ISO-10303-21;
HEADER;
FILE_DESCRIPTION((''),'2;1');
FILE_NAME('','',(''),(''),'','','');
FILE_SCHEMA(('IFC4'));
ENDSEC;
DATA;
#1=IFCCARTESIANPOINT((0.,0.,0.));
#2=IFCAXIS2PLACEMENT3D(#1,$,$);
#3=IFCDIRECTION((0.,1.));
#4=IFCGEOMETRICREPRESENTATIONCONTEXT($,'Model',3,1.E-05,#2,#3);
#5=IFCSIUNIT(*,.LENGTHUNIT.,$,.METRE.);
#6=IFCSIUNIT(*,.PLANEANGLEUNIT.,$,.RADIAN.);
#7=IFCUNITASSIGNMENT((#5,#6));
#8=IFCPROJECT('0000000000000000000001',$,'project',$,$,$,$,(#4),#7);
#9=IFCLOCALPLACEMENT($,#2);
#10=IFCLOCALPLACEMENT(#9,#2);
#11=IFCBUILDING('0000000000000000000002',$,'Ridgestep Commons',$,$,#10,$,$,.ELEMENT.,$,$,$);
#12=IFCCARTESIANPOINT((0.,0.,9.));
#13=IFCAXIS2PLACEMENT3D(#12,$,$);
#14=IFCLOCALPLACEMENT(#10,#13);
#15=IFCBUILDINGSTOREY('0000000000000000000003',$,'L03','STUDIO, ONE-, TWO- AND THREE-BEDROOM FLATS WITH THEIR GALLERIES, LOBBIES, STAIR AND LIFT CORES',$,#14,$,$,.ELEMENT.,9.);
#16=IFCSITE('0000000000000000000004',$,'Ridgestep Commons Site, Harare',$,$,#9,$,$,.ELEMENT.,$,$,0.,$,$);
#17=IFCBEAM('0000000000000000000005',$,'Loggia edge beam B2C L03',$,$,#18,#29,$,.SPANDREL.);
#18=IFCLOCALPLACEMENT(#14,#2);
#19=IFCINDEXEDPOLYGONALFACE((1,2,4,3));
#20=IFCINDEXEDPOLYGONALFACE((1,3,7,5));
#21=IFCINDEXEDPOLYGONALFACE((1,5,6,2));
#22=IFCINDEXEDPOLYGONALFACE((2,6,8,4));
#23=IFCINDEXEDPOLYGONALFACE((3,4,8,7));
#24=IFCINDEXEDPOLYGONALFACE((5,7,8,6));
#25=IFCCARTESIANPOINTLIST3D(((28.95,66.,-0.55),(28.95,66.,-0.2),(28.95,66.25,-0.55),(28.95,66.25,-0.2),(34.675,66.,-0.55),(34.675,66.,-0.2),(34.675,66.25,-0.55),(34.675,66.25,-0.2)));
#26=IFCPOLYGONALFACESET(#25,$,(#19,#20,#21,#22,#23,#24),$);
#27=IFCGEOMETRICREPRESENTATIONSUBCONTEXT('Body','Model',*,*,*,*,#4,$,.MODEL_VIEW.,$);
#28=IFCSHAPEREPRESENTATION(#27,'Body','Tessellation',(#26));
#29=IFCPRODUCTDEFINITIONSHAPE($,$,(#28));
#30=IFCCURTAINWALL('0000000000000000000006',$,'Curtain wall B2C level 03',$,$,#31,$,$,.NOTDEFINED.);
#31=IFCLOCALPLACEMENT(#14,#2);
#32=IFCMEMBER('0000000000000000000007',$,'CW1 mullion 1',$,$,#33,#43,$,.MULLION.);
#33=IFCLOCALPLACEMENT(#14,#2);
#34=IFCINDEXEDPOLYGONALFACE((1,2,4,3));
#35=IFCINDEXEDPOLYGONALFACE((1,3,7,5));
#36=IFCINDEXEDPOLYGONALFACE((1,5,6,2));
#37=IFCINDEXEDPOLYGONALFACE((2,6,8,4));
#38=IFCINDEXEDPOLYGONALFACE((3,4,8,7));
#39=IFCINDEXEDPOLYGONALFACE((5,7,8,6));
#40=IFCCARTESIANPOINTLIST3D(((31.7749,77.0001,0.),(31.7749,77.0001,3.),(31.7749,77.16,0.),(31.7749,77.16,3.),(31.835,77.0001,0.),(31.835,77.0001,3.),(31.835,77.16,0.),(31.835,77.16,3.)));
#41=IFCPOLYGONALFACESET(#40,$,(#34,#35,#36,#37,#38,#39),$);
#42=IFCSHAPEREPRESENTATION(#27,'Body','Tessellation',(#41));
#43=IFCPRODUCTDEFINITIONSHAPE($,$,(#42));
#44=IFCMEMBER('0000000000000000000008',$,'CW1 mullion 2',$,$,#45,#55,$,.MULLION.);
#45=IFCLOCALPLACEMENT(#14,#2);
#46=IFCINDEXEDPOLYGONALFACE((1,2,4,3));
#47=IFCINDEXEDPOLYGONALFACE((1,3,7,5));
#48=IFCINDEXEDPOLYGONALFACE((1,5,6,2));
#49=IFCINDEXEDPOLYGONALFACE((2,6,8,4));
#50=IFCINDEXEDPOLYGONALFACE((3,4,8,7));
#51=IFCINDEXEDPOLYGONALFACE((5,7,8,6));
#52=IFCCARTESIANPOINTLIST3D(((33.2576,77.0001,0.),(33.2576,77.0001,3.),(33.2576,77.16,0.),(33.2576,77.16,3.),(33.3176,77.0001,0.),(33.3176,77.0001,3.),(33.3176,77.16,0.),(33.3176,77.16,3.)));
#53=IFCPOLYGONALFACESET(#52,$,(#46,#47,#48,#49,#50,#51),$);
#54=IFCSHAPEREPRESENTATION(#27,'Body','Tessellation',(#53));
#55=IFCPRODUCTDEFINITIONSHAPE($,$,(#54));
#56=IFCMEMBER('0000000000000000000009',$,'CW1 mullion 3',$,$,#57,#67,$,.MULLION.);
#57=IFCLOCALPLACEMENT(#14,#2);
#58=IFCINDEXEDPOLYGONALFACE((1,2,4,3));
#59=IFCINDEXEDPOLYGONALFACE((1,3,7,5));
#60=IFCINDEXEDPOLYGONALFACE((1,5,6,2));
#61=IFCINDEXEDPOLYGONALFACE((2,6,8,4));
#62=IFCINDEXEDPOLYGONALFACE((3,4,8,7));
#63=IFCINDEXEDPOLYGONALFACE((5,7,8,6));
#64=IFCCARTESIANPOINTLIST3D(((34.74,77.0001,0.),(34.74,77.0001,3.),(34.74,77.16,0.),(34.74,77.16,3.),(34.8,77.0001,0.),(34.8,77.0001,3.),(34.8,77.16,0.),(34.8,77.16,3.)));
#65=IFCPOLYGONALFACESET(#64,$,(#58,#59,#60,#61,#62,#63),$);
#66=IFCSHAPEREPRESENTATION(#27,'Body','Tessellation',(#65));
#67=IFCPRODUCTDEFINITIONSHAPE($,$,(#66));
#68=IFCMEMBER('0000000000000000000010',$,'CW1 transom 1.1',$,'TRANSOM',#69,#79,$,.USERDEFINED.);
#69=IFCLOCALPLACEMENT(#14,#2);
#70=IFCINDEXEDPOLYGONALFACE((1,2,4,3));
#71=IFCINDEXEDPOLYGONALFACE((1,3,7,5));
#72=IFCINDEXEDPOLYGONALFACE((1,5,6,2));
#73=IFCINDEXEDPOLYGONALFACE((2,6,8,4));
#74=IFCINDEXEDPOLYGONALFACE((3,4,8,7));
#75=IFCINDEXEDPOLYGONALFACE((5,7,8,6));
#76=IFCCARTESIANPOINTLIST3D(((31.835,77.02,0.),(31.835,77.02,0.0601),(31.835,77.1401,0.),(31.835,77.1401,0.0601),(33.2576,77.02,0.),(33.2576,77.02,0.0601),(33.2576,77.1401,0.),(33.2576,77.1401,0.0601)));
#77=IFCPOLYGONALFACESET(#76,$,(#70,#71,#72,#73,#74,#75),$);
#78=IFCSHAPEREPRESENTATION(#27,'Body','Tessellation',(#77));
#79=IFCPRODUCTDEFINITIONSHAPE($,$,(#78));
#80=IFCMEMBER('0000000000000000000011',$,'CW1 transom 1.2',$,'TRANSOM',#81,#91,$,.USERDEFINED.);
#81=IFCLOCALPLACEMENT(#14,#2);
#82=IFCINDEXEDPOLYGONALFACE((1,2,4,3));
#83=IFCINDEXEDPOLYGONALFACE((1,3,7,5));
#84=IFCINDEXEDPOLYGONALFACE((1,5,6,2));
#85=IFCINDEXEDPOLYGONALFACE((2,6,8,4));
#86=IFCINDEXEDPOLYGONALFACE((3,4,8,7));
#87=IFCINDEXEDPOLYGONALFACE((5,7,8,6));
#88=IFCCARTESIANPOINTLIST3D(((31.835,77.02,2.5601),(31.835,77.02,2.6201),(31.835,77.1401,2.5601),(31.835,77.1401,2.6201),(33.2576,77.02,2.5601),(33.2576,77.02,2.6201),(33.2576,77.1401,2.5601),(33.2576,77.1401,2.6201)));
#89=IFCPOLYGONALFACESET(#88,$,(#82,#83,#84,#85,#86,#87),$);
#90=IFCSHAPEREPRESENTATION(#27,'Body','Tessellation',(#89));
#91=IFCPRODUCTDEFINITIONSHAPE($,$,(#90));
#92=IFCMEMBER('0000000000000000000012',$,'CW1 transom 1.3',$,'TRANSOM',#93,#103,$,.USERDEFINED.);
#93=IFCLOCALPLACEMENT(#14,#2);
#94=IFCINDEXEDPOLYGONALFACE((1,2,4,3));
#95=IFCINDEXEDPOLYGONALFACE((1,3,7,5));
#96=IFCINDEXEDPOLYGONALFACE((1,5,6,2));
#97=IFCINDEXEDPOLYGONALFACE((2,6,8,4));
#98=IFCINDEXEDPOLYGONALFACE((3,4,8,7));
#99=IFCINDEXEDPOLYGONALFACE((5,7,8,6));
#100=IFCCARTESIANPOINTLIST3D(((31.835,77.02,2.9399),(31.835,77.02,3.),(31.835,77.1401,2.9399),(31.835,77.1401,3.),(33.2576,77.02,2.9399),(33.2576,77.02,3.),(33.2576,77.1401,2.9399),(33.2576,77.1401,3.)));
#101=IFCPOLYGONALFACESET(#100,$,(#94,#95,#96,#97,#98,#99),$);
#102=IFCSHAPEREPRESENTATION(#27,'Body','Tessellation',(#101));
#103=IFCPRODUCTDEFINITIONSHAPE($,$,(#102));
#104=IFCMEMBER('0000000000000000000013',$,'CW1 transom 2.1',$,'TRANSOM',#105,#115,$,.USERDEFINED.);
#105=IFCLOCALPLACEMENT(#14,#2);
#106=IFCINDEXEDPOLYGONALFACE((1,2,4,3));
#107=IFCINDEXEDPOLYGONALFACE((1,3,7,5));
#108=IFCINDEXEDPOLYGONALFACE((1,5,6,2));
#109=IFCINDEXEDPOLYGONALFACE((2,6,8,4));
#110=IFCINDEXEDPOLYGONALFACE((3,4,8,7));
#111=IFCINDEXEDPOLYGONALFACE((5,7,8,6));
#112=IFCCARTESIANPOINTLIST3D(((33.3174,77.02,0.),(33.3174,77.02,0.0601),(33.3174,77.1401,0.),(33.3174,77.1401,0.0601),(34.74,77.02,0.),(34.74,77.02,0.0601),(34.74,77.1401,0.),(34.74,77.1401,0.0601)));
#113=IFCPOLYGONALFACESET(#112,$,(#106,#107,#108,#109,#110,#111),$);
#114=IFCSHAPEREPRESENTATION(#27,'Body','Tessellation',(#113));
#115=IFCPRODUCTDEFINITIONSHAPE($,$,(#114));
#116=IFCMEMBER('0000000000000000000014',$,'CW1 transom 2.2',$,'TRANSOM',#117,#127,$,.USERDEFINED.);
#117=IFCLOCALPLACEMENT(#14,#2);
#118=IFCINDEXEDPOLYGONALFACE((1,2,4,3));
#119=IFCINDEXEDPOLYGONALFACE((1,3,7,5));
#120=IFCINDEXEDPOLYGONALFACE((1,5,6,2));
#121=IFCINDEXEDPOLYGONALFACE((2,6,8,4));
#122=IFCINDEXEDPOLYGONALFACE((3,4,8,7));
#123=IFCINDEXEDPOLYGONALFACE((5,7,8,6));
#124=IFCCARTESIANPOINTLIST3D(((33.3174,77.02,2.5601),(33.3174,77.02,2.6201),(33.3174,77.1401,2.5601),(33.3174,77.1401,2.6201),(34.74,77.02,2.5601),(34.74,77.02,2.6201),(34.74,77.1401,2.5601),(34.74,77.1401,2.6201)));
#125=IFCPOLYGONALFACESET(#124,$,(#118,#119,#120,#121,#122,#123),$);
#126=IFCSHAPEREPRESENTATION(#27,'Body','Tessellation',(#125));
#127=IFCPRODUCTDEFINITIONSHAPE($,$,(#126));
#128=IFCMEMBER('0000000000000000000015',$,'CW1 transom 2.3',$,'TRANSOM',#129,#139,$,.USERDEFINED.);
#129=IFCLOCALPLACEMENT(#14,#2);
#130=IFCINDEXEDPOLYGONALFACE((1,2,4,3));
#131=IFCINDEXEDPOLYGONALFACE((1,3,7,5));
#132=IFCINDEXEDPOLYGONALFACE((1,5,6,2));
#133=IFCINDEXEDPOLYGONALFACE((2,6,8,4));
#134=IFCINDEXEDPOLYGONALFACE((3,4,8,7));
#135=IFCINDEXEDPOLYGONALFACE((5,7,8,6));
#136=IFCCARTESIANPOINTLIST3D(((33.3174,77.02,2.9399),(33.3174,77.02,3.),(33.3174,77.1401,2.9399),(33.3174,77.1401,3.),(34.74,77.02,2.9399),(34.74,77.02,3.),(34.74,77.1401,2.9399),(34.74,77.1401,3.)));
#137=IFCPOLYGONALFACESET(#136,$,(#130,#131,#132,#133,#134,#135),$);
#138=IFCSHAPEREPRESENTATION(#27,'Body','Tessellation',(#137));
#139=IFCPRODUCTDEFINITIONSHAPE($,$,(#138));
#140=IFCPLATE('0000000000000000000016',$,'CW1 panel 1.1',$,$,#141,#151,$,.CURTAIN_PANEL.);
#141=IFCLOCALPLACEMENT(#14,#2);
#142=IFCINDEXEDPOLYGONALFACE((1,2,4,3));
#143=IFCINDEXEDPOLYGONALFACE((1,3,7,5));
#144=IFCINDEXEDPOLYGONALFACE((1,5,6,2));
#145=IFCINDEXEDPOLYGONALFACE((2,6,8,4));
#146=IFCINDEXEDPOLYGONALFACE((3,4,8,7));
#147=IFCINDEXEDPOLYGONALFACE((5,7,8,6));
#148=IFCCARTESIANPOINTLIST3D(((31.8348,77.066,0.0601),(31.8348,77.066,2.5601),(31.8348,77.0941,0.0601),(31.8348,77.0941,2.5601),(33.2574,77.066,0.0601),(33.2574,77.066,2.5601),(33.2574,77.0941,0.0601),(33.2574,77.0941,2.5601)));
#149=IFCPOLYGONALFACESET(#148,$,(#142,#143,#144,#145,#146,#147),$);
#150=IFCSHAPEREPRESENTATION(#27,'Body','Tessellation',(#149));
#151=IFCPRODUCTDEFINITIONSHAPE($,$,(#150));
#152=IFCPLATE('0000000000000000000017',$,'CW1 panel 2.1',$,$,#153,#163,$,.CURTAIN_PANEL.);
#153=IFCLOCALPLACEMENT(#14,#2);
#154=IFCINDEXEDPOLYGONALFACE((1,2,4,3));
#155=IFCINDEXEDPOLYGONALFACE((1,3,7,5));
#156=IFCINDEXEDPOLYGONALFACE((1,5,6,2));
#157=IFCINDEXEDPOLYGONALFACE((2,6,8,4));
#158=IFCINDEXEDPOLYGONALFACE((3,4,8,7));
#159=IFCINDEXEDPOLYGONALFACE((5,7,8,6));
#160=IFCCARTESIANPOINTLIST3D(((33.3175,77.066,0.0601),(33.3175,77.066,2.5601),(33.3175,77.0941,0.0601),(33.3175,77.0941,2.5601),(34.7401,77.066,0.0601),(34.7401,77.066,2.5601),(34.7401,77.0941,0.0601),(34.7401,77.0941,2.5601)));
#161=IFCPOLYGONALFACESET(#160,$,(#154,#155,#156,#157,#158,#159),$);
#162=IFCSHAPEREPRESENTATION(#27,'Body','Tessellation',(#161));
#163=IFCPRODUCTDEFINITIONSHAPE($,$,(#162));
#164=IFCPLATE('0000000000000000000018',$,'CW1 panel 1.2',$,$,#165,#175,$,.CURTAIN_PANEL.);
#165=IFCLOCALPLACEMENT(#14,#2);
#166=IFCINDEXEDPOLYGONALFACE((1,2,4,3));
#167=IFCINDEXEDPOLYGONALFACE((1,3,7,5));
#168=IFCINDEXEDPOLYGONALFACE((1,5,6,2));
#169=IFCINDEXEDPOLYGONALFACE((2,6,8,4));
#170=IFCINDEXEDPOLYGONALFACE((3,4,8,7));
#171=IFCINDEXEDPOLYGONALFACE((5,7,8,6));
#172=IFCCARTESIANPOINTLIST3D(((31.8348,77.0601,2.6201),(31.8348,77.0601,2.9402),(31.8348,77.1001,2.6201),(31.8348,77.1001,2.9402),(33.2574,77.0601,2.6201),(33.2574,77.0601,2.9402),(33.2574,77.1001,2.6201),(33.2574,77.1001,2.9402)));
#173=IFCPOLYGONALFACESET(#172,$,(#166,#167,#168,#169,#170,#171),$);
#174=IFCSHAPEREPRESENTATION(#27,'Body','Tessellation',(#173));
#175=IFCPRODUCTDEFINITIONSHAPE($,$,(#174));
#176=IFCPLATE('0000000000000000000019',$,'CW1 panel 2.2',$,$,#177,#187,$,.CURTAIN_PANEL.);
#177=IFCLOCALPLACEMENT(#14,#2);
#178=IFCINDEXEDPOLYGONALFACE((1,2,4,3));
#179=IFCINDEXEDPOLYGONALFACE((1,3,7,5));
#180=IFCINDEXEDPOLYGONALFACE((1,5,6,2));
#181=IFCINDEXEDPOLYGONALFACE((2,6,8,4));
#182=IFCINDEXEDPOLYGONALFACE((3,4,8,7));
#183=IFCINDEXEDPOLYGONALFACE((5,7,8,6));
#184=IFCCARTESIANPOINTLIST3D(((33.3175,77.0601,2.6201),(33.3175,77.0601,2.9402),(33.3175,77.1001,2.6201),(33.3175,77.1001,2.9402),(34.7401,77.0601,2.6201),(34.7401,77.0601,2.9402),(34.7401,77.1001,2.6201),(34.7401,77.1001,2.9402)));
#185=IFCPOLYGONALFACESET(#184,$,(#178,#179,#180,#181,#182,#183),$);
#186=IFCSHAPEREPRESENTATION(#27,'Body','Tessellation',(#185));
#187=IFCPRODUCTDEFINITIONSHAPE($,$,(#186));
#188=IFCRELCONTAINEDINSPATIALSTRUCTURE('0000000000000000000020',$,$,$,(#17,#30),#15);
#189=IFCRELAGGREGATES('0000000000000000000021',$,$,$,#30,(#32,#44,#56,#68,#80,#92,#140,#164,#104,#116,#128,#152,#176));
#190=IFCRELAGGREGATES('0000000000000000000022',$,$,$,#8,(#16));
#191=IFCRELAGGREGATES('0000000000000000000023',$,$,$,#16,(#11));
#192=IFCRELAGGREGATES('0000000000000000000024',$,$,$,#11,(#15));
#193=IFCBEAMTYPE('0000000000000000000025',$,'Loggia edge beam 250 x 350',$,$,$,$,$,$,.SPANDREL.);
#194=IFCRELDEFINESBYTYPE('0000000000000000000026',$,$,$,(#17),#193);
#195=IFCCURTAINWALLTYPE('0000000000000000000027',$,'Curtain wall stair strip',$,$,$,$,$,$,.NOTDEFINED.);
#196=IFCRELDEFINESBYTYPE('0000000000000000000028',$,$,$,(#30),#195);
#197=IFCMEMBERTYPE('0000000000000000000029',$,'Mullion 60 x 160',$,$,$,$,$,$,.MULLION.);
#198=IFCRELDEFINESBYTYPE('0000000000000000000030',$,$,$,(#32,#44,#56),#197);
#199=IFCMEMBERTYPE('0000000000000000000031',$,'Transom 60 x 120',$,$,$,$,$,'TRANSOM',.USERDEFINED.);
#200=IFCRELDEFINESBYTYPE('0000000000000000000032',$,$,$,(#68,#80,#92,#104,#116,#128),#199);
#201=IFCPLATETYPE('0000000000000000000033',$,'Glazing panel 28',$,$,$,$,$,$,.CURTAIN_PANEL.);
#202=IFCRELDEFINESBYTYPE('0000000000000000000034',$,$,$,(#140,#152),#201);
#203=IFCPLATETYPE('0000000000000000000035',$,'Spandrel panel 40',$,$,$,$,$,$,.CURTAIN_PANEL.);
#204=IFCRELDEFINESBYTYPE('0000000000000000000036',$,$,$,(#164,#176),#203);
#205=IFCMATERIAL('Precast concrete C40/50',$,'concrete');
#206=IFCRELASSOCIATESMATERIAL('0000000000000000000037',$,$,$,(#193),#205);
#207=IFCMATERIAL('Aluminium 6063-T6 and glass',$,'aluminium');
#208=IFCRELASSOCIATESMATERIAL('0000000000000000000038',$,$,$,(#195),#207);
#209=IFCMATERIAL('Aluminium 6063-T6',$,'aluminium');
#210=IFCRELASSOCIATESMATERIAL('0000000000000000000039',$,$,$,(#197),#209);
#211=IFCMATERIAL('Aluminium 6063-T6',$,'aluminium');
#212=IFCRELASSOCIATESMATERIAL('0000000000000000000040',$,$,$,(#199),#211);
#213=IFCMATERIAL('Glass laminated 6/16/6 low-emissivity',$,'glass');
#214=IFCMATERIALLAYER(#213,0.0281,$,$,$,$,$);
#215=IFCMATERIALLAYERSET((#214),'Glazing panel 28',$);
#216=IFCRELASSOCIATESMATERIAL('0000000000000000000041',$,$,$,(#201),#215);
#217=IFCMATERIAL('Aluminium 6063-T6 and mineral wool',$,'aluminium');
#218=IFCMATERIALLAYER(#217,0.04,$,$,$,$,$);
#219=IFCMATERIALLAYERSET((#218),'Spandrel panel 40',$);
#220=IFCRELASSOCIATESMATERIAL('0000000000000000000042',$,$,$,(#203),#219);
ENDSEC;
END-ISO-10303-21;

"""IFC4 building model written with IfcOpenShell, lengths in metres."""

from ifc_helpers import new_model, si_unit, direction, frame, origin, origin_2d, place, context, subcontext, project, spatial, rectangle, extrude, material, layer, layer_set, material_profile, profile_set, type_object, element, aggregate, save


model = new_model("IFC4")

# Units and contexts
model_context = context("Model", 3, precision=1e-05, world=origin(), true_north=direction((0.0, 1.0)))
body_context = subcontext(model_context, "Body", "Model", "MODEL_VIEW")
ifc_project = project(units=[si_unit("LENGTHUNIT", "METRE"), si_unit("PLANEANGLEUNIT", "RADIAN")], contexts=[model_context])

# Site, building, storey
site_placement = place(None, origin())
site = spatial("IfcSite", under=ifc_project, at=site_placement, Name="Ridgestep Commons Site, Harare", CompositionType="ELEMENT", RefElevation=0.0)
building_placement = place(site_placement, origin())
building = spatial("IfcBuilding", under=site, at=building_placement, Name="Ridgestep Commons", CompositionType="ELEMENT")
storey_placement = place(building_placement, frame((0.0, 0.0, 9.0)))
storey = spatial("IfcBuildingStorey", under=building, at=storey_placement, Name="L03", Description="STUDIO, ONE-, TWO- AND THREE-BEDROOM FLATS WITH THEIR GALLERIES, LOBBIES, STAIR AND LIFT CORES", CompositionType="ELEMENT", Elevation=9.0)

# Beam
ifc_material_1 = material(Name="Precast concrete C40/50", Category="concrete")
ifc_material_profile_1 = material_profile(ifc_material_1, rectangle(XDim=0.25, YDim=0.3501, at=origin_2d()), Name="PC 250x350")
ifc_profile_set_1 = profile_set([ifc_material_profile_1], Name="Precast concrete C40/50")
beam_type = type_object("IfcBeamType", Name="Loggia edge beam 250 x 350", PredefinedType="SPANDREL", material=ifc_profile_set_1)
beam_placement = place(storey_placement, frame((28.95, 66.125, -0.375), z_axis=(1.0, 0.0, 0.0), x_axis=(0.0, 1.0, 0.0)))
element("IfcBeam", 1, at=beam_placement, inside=storey, type_object=beam_type, Name="Loggia edge beam B2C L03", PredefinedType="SPANDREL", context=body_context, shape_type="SweptSolid", body=[
    extrude(rectangle(XDim=0.25, YDim=0.3501, at=origin_2d()), origin(), (0.0, 0.0, 1.0), 5.7251),
])

# Curtain wall, members, plates
ifc_material_2 = material(Name="Aluminium 6063-T6 and glass", Category="aluminium")
curtain_wall_type = type_object("IfcCurtainWallType", Name="Curtain wall stair strip", PredefinedType="NOTDEFINED", material=ifc_material_2)
curtain_wall_placement = place(storey_placement, origin())
curtain_wall = element("IfcCurtainWall", 2, at=curtain_wall_placement, inside=storey, type_object=curtain_wall_type, Name="Curtain wall B2C level 03", PredefinedType="NOTDEFINED")
ifc_material_3 = material(Name="Aluminium 6063-T6", Category="aluminium")
ifc_material_profile_2 = material_profile(ifc_material_3, rectangle(XDim=0.1599, YDim=0.0601, at=origin_2d()), Name="Mullion 60 x 160")
ifc_profile_set_2 = profile_set([ifc_material_profile_2], Name="Aluminium 6063-T6")
member_type_1 = type_object("IfcMemberType", Name="Mullion 60 x 160", PredefinedType="MULLION", material=ifc_profile_set_2)
member_1_placement = place(storey_placement, frame((31.8049, 77.0801, 0.0), z_axis=(0.0, 0.0, 1.0), x_axis=(0.0, 1.0, 0.0)))
member_1 = element("IfcMember", 3, at=member_1_placement, type_object=member_type_1, Name="CW1 mullion 1", PredefinedType="MULLION", context=body_context, shape_type="SweptSolid", body=[
    extrude(rectangle(XDim=0.1599, YDim=0.0601, at=origin_2d()), origin(), (0.0, 0.0, 1.0), 3.0),
])
member_2_placement = place(storey_placement, frame((33.2876, 77.0801, 0.0), z_axis=(0.0, 0.0, 1.0), x_axis=(0.0, 1.0, 0.0)))
member_2 = element("IfcMember", 4, at=member_2_placement, type_object=member_type_1, Name="CW1 mullion 2", PredefinedType="MULLION", context=body_context, shape_type="SweptSolid", body=[
    extrude(rectangle(XDim=0.1599, YDim=0.0601, at=origin_2d()), origin(), (0.0, 0.0, 1.0), 3.0),
])
member_3_placement = place(storey_placement, frame((34.77, 77.0801, 0.0), z_axis=(0.0, 0.0, 1.0), x_axis=(0.0, 1.0, 0.0)))
member_3 = element("IfcMember", 5, at=member_3_placement, type_object=member_type_1, Name="CW1 mullion 3", PredefinedType="MULLION", context=body_context, shape_type="SweptSolid", body=[
    extrude(rectangle(XDim=0.1599, YDim=0.0601, at=origin_2d()), origin(), (0.0, 0.0, 1.0), 3.0),
])
ifc_material_4 = material(Name="Aluminium 6063-T6", Category="aluminium")
ifc_material_profile_3 = material_profile(ifc_material_4, rectangle(XDim=0.1201, YDim=0.0601, at=origin_2d()), Name="Transom 60 x 120")
ifc_profile_set_3 = profile_set([ifc_material_profile_3], Name="Aluminium 6063-T6")
member_type_2 = type_object("IfcMemberType", Name="Transom 60 x 120", ElementType="TRANSOM", PredefinedType="USERDEFINED", material=ifc_profile_set_3)
member_4_placement = place(storey_placement, frame((31.835, 77.0801, 0.03), z_axis=(1.0, 0.0, 0.0), x_axis=(0.0, 1.0, 0.0)))
member_4 = element("IfcMember", 6, at=member_4_placement, type_object=member_type_2, Name="CW1 transom 1.1", ObjectType="TRANSOM", PredefinedType="USERDEFINED", context=body_context, shape_type="SweptSolid", body=[
    extrude(rectangle(XDim=0.1201, YDim=0.0601, at=origin_2d()), origin(), (0.0, 0.0, 1.0), 1.4226),
])
member_5_placement = place(storey_placement, frame((31.835, 77.0801, 2.5901), z_axis=(1.0, 0.0, 0.0), x_axis=(0.0, 1.0, 0.0)))
member_5 = element("IfcMember", 7, at=member_5_placement, type_object=member_type_2, Name="CW1 transom 1.2", ObjectType="TRANSOM", PredefinedType="USERDEFINED", context=body_context, shape_type="SweptSolid", body=[
    extrude(rectangle(XDim=0.1201, YDim=0.0601, at=origin_2d()), origin(), (0.0, 0.0, 1.0), 1.4226),
])
member_6_placement = place(storey_placement, frame((31.835, 77.0801, 2.97), z_axis=(1.0, 0.0, 0.0), x_axis=(0.0, 1.0, 0.0)))
member_6 = element("IfcMember", 8, at=member_6_placement, type_object=member_type_2, Name="CW1 transom 1.3", ObjectType="TRANSOM", PredefinedType="USERDEFINED", context=body_context, shape_type="SweptSolid", body=[
    extrude(rectangle(XDim=0.1201, YDim=0.0601, at=origin_2d()), origin(), (0.0, 0.0, 1.0), 1.4226),
])
member_7_placement = place(storey_placement, frame((33.3174, 77.0801, 0.03), z_axis=(1.0, 0.0, 0.0), x_axis=(0.0, 1.0, 0.0)))
member_7 = element("IfcMember", 9, at=member_7_placement, type_object=member_type_2, Name="CW1 transom 2.1", ObjectType="TRANSOM", PredefinedType="USERDEFINED", context=body_context, shape_type="SweptSolid", body=[
    extrude(rectangle(XDim=0.1201, YDim=0.0601, at=origin_2d()), origin(), (0.0, 0.0, 1.0), 1.4226),
])
member_8_placement = place(storey_placement, frame((33.3174, 77.0801, 2.5901), z_axis=(1.0, 0.0, 0.0), x_axis=(0.0, 1.0, 0.0)))
member_8 = element("IfcMember", 10, at=member_8_placement, type_object=member_type_2, Name="CW1 transom 2.2", ObjectType="TRANSOM", PredefinedType="USERDEFINED", context=body_context, shape_type="SweptSolid", body=[
    extrude(rectangle(XDim=0.1201, YDim=0.0601, at=origin_2d()), origin(), (0.0, 0.0, 1.0), 1.4226),
])
member_9_placement = place(storey_placement, frame((33.3174, 77.0801, 2.97), z_axis=(1.0, 0.0, 0.0), x_axis=(0.0, 1.0, 0.0)))
member_9 = element("IfcMember", 11, at=member_9_placement, type_object=member_type_2, Name="CW1 transom 2.3", ObjectType="TRANSOM", PredefinedType="USERDEFINED", context=body_context, shape_type="SweptSolid", body=[
    extrude(rectangle(XDim=0.1201, YDim=0.0601, at=origin_2d()), origin(), (0.0, 0.0, 1.0), 1.4226),
])
ifc_material_5 = material(Name="Glass laminated 6/16/6 low-emissivity", Category="glass")
ifc_layer_1 = layer(ifc_material_5, 0.0281)
ifc_layer_set_1 = layer_set([ifc_layer_1], Name="Glazing panel 28")
plate_type_1 = type_object("IfcPlateType", Name="Glazing panel 28", PredefinedType="CURTAIN_PANEL", material=ifc_layer_set_1)
plate_1_placement = place(storey_placement, frame((32.5461, 77.0801, 0.0601), z_axis=(0.0, 0.0, 1.0), x_axis=(1.0, 0.0, 0.0)))
plate_1 = element("IfcPlate", 12, at=plate_1_placement, type_object=plate_type_1, Name="CW1 panel 1.1", PredefinedType="CURTAIN_PANEL", context=body_context, shape_type="SweptSolid", body=[
    extrude(rectangle(XDim=1.4226, YDim=0.0281, at=origin_2d()), origin(), (0.0, 0.0, 1.0), 2.5),
])
plate_2_placement = place(storey_placement, frame((34.0288, 77.0801, 0.0601), z_axis=(0.0, 0.0, 1.0), x_axis=(1.0, 0.0, 0.0)))
plate_2 = element("IfcPlate", 13, at=plate_2_placement, type_object=plate_type_1, Name="CW1 panel 2.1", PredefinedType="CURTAIN_PANEL", context=body_context, shape_type="SweptSolid", body=[
    extrude(rectangle(XDim=1.4226, YDim=0.0281, at=origin_2d()), origin(), (0.0, 0.0, 1.0), 2.5),
])
ifc_material_6 = material(Name="Aluminium 6063-T6 and mineral wool", Category="aluminium")
ifc_layer_2 = layer(ifc_material_6, 0.04)
ifc_layer_set_2 = layer_set([ifc_layer_2], Name="Spandrel panel 40")
plate_type_2 = type_object("IfcPlateType", Name="Spandrel panel 40", PredefinedType="CURTAIN_PANEL", material=ifc_layer_set_2)
plate_3_placement = place(storey_placement, frame((32.5461, 77.0801, 2.6201), z_axis=(0.0, 0.0, 1.0), x_axis=(1.0, 0.0, 0.0)))
plate_3 = element("IfcPlate", 14, at=plate_3_placement, type_object=plate_type_2, Name="CW1 panel 1.2", PredefinedType="CURTAIN_PANEL", context=body_context, shape_type="SweptSolid", body=[
    extrude(rectangle(XDim=1.4226, YDim=0.04, at=origin_2d()), origin(), (0.0, 0.0, 1.0), 0.3201),
])
plate_4_placement = place(storey_placement, frame((34.0288, 77.0801, 2.6201), z_axis=(0.0, 0.0, 1.0), x_axis=(1.0, 0.0, 0.0)))
plate_4 = element("IfcPlate", 15, at=plate_4_placement, type_object=plate_type_2, Name="CW1 panel 2.2", PredefinedType="CURTAIN_PANEL", context=body_context, shape_type="SweptSolid", body=[
    extrude(rectangle(XDim=1.4226, YDim=0.04, at=origin_2d()), origin(), (0.0, 0.0, 1.0), 0.3201),
])
aggregate(curtain_wall, [member_1, member_2, member_3, member_4, member_5, member_6, plate_1, plate_3, member_7, member_8, member_9, plate_2, plate_4])

save(model, "model.ifc")
